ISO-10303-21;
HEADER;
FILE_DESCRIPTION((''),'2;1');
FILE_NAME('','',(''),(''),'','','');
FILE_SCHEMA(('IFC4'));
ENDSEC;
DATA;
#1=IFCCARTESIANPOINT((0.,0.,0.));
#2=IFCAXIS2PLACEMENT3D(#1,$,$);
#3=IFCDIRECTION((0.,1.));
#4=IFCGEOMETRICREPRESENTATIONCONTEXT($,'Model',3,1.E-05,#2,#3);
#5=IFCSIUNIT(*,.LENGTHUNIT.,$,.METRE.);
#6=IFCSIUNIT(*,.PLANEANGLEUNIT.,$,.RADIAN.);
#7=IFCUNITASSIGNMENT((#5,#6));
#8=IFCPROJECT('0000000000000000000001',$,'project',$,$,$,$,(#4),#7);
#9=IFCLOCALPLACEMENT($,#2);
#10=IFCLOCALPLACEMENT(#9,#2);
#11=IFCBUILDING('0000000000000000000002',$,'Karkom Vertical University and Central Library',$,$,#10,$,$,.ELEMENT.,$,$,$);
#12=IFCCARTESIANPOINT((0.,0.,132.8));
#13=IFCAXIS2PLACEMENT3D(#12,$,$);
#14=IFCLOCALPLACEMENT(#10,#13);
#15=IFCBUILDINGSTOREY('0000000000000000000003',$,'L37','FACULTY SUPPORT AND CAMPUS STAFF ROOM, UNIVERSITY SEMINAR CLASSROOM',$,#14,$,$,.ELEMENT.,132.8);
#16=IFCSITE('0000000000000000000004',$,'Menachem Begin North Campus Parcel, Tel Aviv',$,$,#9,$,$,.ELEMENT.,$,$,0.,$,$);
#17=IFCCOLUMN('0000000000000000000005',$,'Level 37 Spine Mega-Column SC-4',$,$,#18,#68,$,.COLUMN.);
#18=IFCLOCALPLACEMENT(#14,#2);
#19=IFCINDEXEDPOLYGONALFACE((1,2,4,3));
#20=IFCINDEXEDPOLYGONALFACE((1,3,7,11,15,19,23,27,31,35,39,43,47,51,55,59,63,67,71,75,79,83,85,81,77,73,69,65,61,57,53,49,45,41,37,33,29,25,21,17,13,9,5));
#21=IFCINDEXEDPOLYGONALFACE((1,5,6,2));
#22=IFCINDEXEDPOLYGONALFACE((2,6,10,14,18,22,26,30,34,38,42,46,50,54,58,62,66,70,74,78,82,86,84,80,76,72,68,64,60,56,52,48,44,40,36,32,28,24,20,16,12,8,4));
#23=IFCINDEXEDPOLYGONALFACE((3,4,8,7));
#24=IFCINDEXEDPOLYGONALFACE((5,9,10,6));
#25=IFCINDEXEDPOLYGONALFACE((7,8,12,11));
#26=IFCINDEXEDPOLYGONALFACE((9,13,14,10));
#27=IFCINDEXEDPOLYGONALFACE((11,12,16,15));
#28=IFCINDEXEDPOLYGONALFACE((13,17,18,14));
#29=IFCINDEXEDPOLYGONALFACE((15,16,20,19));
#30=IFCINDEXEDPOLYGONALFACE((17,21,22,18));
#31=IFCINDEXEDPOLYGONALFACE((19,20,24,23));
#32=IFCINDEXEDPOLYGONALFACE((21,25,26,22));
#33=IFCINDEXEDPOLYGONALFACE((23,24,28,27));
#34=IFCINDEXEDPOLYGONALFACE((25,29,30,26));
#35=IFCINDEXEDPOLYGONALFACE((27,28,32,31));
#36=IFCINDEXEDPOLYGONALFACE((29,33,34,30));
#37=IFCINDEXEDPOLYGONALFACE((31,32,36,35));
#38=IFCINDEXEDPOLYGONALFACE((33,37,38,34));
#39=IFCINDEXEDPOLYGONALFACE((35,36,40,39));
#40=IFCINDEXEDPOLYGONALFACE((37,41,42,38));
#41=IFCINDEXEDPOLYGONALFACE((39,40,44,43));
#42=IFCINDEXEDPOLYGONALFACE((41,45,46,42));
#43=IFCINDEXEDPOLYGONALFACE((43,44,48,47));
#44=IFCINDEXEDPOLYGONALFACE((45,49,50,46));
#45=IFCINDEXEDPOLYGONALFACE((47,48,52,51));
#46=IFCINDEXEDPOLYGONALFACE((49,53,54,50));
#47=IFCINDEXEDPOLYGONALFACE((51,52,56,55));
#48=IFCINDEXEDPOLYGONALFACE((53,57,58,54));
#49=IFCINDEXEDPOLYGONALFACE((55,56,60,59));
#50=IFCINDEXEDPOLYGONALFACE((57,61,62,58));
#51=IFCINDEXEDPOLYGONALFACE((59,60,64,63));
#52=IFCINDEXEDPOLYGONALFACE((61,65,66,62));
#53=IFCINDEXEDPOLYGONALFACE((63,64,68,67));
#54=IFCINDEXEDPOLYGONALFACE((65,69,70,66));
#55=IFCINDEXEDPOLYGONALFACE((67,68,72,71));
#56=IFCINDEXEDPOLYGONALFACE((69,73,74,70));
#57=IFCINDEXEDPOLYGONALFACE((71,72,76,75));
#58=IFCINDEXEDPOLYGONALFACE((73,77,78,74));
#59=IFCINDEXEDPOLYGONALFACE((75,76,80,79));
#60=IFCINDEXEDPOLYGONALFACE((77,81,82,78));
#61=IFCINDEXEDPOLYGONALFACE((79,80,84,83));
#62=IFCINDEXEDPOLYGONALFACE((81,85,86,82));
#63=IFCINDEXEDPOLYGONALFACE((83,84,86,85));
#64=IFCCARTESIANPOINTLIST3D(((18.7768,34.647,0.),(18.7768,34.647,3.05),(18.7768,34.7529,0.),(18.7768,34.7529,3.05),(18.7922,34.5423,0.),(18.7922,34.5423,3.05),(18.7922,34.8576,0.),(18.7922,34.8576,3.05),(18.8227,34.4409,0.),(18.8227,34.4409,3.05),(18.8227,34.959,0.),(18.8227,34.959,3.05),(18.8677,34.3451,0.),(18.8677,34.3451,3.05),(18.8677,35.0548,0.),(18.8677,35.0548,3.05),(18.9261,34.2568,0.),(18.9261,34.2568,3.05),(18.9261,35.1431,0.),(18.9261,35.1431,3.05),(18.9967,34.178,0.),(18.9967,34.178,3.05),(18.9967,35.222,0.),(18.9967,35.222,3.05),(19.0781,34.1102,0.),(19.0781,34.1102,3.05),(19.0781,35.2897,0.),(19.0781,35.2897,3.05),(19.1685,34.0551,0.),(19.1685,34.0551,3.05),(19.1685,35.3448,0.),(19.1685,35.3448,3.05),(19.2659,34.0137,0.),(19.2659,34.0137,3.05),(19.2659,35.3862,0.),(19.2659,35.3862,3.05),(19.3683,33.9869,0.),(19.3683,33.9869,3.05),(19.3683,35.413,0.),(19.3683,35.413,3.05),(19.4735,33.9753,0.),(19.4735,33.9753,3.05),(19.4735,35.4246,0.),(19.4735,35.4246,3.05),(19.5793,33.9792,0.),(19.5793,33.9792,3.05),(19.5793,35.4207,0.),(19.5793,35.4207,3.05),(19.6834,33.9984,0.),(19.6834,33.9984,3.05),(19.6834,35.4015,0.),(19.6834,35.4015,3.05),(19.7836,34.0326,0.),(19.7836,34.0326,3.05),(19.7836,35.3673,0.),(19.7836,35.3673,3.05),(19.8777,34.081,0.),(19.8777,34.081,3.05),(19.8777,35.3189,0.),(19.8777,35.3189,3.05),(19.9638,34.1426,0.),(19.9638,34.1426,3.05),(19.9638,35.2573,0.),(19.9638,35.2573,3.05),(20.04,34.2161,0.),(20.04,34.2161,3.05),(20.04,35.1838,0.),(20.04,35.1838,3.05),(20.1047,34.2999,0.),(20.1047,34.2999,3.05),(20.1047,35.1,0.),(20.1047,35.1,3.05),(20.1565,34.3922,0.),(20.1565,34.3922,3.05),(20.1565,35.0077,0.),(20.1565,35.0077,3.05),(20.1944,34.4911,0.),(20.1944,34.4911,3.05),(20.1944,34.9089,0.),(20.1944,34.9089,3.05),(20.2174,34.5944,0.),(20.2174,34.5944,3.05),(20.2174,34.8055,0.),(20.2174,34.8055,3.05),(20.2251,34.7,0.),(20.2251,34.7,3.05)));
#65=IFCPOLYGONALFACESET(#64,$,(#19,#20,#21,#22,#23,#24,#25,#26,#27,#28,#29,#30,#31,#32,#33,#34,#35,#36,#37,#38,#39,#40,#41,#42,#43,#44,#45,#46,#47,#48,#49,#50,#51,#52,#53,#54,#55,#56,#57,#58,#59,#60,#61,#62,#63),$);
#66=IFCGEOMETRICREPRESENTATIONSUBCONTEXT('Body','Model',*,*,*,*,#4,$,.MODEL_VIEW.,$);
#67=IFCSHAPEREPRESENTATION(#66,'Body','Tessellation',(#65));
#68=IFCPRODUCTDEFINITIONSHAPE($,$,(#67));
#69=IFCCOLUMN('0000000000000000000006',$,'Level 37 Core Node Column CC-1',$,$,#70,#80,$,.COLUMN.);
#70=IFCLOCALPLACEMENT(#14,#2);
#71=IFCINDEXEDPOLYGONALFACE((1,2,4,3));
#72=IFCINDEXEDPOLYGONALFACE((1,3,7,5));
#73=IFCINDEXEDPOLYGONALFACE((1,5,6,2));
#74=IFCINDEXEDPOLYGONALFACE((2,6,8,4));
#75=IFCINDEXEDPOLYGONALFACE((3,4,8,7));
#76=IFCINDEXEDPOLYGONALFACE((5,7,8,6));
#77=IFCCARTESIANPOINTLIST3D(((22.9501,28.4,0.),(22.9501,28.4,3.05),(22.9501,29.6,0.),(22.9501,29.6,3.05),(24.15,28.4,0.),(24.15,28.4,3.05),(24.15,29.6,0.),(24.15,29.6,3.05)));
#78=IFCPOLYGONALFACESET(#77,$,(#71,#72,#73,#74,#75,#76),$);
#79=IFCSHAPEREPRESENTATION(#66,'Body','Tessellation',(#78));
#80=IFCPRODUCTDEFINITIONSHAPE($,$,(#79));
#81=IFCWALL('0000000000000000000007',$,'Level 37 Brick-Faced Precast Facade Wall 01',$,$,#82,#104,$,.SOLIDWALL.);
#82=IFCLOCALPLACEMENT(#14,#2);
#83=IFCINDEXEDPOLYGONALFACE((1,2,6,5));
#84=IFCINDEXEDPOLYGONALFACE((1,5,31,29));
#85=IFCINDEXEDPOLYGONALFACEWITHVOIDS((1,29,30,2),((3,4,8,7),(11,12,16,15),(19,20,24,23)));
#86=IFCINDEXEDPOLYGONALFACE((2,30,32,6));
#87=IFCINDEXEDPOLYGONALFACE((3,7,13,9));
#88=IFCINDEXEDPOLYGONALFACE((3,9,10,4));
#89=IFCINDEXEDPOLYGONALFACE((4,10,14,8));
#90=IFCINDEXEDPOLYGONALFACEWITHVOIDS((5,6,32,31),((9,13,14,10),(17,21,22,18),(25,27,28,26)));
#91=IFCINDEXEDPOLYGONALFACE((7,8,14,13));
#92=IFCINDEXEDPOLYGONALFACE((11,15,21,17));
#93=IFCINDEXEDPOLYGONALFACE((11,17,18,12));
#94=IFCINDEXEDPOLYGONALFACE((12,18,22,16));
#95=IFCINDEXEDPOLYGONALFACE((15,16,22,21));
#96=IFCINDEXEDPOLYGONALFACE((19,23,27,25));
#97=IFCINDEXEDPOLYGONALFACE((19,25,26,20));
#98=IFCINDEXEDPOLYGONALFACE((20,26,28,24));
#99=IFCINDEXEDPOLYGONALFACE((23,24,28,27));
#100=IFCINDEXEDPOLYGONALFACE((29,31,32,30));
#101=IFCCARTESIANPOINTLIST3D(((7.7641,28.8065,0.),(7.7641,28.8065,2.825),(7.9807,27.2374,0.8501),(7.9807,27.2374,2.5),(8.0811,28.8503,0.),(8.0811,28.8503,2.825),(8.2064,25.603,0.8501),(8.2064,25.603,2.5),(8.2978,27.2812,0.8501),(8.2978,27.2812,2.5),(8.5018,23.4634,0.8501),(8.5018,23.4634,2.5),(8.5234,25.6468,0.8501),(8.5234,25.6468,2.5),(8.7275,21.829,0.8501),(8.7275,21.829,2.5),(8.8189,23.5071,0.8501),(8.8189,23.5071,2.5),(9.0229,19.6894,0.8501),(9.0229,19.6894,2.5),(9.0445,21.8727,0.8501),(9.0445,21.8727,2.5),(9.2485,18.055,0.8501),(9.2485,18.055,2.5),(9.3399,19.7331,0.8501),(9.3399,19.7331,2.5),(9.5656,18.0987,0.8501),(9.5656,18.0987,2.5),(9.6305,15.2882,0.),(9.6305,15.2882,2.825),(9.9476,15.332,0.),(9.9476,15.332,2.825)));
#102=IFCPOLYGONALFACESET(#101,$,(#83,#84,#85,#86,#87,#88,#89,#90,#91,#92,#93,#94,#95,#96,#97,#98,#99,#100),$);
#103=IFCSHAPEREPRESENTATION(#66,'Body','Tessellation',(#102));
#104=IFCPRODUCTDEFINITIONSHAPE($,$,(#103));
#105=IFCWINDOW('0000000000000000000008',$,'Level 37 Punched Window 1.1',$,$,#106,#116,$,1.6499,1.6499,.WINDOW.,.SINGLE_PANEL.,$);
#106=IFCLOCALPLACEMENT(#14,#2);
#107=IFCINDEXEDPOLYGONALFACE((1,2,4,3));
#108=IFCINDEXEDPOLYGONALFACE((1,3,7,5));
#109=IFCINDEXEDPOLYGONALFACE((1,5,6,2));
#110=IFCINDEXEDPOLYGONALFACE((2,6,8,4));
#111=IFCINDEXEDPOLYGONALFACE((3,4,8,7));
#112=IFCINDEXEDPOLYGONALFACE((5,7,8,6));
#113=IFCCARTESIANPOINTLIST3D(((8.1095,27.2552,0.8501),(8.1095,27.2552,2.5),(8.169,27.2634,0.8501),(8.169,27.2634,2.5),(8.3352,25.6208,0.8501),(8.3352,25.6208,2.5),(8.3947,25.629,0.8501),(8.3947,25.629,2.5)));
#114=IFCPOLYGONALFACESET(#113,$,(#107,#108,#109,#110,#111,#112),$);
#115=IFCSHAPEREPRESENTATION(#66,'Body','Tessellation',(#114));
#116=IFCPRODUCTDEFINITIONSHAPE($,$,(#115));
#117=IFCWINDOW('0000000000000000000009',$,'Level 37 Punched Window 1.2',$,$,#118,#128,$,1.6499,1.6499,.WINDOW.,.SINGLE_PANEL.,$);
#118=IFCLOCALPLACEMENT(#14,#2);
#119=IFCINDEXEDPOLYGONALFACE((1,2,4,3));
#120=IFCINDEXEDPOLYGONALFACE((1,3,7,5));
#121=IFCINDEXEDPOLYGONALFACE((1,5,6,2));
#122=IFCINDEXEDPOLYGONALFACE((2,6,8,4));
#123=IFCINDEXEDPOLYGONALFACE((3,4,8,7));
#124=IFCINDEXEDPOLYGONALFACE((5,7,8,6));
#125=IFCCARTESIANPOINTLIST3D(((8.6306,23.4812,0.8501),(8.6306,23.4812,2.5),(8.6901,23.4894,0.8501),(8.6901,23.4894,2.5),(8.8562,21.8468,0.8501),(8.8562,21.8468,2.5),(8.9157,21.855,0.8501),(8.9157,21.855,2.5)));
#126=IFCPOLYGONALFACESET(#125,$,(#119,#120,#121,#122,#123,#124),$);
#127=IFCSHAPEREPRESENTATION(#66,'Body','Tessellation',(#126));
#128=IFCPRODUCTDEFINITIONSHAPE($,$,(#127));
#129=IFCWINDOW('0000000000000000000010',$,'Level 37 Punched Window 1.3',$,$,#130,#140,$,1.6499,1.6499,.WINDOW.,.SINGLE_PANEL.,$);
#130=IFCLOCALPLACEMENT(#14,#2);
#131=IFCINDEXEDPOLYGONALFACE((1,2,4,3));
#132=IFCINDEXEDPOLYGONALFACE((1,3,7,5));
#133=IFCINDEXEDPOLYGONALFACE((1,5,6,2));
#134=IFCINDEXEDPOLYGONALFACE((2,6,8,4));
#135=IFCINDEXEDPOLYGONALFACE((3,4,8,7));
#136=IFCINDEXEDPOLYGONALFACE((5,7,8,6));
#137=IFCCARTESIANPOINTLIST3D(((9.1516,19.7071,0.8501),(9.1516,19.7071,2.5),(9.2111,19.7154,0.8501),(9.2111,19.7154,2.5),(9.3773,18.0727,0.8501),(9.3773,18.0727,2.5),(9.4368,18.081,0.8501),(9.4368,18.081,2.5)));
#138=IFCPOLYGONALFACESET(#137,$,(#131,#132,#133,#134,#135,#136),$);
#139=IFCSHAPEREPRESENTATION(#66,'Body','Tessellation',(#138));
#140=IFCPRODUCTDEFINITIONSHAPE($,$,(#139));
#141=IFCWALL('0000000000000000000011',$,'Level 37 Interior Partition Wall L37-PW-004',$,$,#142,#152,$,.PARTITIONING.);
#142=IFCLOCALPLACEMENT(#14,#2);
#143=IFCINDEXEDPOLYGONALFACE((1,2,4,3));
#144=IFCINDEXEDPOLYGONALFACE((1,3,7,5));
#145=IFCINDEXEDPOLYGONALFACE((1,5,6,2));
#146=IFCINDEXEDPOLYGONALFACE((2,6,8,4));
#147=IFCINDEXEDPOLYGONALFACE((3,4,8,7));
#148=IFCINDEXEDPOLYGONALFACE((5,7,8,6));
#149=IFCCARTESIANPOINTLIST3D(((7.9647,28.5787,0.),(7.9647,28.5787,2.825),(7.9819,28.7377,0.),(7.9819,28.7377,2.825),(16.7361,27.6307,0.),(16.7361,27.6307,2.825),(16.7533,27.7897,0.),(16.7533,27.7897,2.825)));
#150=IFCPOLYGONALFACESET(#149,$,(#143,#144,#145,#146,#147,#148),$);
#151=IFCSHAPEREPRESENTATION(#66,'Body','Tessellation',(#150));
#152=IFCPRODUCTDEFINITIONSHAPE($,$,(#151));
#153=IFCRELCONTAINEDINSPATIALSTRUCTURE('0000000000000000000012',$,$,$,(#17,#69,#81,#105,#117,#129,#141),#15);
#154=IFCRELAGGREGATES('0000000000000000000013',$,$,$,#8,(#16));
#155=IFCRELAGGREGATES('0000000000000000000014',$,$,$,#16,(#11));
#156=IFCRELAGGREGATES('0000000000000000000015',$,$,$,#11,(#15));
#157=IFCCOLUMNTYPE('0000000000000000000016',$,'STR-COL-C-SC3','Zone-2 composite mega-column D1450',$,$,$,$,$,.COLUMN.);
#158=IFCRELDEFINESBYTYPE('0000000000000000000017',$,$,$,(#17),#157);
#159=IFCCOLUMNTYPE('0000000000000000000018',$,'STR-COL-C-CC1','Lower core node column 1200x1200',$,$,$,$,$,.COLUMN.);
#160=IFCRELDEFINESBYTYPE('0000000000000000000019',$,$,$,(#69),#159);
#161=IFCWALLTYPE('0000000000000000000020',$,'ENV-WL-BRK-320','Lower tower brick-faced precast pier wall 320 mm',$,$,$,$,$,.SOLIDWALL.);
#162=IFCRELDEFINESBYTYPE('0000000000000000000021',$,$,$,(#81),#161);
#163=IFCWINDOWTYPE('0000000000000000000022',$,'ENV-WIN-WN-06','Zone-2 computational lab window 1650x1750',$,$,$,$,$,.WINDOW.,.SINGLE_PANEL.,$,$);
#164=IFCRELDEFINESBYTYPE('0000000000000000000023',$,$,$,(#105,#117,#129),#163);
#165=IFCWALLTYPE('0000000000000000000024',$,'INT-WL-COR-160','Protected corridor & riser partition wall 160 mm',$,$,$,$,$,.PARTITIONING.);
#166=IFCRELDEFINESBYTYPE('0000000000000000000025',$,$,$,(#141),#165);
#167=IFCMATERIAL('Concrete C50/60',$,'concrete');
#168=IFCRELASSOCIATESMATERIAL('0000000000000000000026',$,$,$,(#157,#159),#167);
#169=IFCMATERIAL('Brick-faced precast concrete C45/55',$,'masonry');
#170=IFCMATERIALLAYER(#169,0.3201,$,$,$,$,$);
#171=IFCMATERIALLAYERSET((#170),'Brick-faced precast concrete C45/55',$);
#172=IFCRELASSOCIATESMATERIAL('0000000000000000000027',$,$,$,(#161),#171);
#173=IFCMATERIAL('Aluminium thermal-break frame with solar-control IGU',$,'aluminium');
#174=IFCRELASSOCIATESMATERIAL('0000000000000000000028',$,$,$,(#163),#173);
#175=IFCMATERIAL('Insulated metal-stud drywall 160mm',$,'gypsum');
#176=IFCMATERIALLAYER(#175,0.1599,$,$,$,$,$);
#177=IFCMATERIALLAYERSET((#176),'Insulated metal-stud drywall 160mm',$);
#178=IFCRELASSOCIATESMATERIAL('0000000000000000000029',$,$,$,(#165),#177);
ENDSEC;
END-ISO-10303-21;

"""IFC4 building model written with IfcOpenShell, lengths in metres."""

from ifc_helpers import new_model, si_unit, direction, frame, frame_2d, origin, origin_with_axes, origin_2d, place, context, subcontext, project, spatial, rectangle, circle, extrude, source, transform, mapped, material, layer, layer_set, material_profile, profile_set, type_object, element, fill, save


model = new_model("IFC4")

# Units and contexts
model_context = context("Model", 3, precision=1e-05, world=origin(), true_north=direction((0.0, 1.0)))
body_context = subcontext(model_context, "Body", "Model", "MODEL_VIEW")
ifc_project = project(units=[si_unit("LENGTHUNIT", "METRE"), si_unit("PLANEANGLEUNIT", "RADIAN")], contexts=[model_context])

# Site, building, storey
site_placement = place(None, origin())
site = spatial("IfcSite", under=ifc_project, at=site_placement, Name="Menachem Begin North Campus Parcel, Tel Aviv", CompositionType="ELEMENT", RefElevation=0.0)
building_placement = place(site_placement, origin())
building = spatial("IfcBuilding", under=site, at=building_placement, Name="Karkom Vertical University and Central Library", CompositionType="ELEMENT")
storey_placement = place(building_placement, frame((0.0, 0.0, 132.8)))
storey = spatial("IfcBuildingStorey", under=building, at=storey_placement, Name="L37", Description="FACULTY SUPPORT AND CAMPUS STAFF ROOM, UNIVERSITY SEMINAR CLASSROOM", CompositionType="ELEMENT", Elevation=132.8)

# Columns
ifc_material_1 = material(Name="Concrete C50/60", Category="concrete")
ifc_material_profile_1 = material_profile(ifc_material_1, circle(Radius=0.7251, at=origin_2d()), Name="CFT-D1450")
ifc_profile_set_1 = profile_set([ifc_material_profile_1], Name="Concrete C50/60")
column_type_1 = type_object("IfcColumnType", Name="STR-COL-C-SC3", Description="Zone-2 composite mega-column D1450", PredefinedType="COLUMN", material=ifc_profile_set_1)
shared_shape_1 = source(origin_with_axes(), body_context, "Body", "SweptSolid", [
    extrude(circle(Radius=0.7251, at=origin_2d()), origin(), (0.0, 0.0, 1.0), 3.05),
])
column_1_placement = place(storey_placement, frame((19.5, 34.7, 0.0), z_axis=(0.0, 0.0, 1.0), x_axis=(1.0, 0.0, 0.0)))
element("IfcColumn", 1, at=column_1_placement, inside=storey, type_object=column_type_1, Name="Level 37 Spine Mega-Column SC-4", PredefinedType="COLUMN", context=body_context, shape_type="MappedRepresentation", body=[
    mapped(shared_shape_1, transform((0.0, 0.0, 0.0), scale=1.0)),
])
ifc_material_profile_2 = material_profile(ifc_material_1, rectangle(XDim=1.2, YDim=1.2, at=origin_2d()), Name="RC-1200x1200")
ifc_profile_set_2 = profile_set([ifc_material_profile_2], Name="Concrete C50/60")
column_type_2 = type_object("IfcColumnType", Name="STR-COL-C-CC1", Description="Lower core node column 1200x1200", PredefinedType="COLUMN", material=ifc_profile_set_2)
shared_shape_2 = source(origin_with_axes(), body_context, "Body", "SweptSolid", [
    extrude(rectangle(XDim=1.2, YDim=1.2, at=origin_2d()), origin(), (0.0, 0.0, 1.0), 3.05),
])
column_2_placement = place(storey_placement, frame((23.55, 29.0, 0.0), z_axis=(0.0, 0.0, 1.0), x_axis=(1.0, 0.0, 0.0)))
element("IfcColumn", 2, at=column_2_placement, inside=storey, type_object=column_type_2, Name="Level 37 Core Node Column CC-1", PredefinedType="COLUMN", context=body_context, shape_type="MappedRepresentation", body=[
    mapped(shared_shape_2, transform((0.0, 0.0, 0.0), scale=1.0)),
])

# Wall, openings, windows
ifc_material_2 = material(Name="Brick-faced precast concrete C45/55", Category="masonry")
ifc_layer_1 = layer(ifc_material_2, 0.3201)
ifc_layer_set_1 = layer_set([ifc_layer_1], Name="Brick-faced precast concrete C45/55")
wall_type_1 = type_object("IfcWallType", Name="ENV-WL-BRK-320", Description="Lower tower brick-faced precast pier wall 320 mm", PredefinedType="SOLIDWALL", material=ifc_layer_set_1)
wall_1_placement = place(storey_placement, frame((7.9226, 28.8284, 0.0), z_axis=(0.0, 0.0, 1.0), x_axis=(0.136771, -0.990603, 0.0)))
wall_1 = element("IfcWall", 3, at=wall_1_placement, inside=storey, type_object=wall_type_1, Name="Level 37 Brick-Faced Precast Facade Wall 01", PredefinedType="SOLIDWALL", context=body_context, shape_type="SweptSolid", body=[
    extrude(rectangle(XDim=13.6465, YDim=0.3201, at=frame_2d((6.8232, 0.0))), origin(), (0.0, 0.0, 1.0), 2.825),
])
opening_1_placement = place(wall_1_placement, frame((1.584, 0.0, 0.8501)))
opening_1 = element("IfcOpeningElement", 4, at=opening_1_placement, cuts=wall_1, PredefinedType="OPENING", context=body_context, shape_type="SweptSolid", body=[
    extrude(rectangle(XDim=1.6499, YDim=1.6499, at=frame_2d((0.825, 0.825))), frame((0.0, 0.1699, 0.0), z_axis=(0.0, -1.0, 0.0), x_axis=(1.0, 0.0, 0.0)), (0.0, 0.0, 1.0), 0.3401),
])
opening_2_placement = place(wall_1_placement, frame((5.3938, 0.0, 0.8501)))
opening_2 = element("IfcOpeningElement", 5, at=opening_2_placement, cuts=wall_1, PredefinedType="OPENING", context=body_context, shape_type="SweptSolid", body=[
    extrude(rectangle(XDim=1.6499, YDim=1.6499, at=frame_2d((0.825, 0.825))), frame((0.0, 0.1699, 0.0), z_axis=(0.0, -1.0, 0.0), x_axis=(1.0, 0.0, 0.0)), (0.0, 0.0, 1.0), 0.3401),
])
opening_3_placement = place(wall_1_placement, frame((9.2036, 0.0, 0.8501)))
opening_3 = element("IfcOpeningElement", 6, at=opening_3_placement, cuts=wall_1, PredefinedType="OPENING", context=body_context, shape_type="SweptSolid", body=[
    extrude(rectangle(XDim=1.6499, YDim=1.6499, at=frame_2d((0.825, 0.825))), frame((0.0, 0.1699, 0.0), z_axis=(0.0, -1.0, 0.0), x_axis=(1.0, 0.0, 0.0)), (0.0, 0.0, 1.0), 0.3401),
])
ifc_material_3 = material(Name="Aluminium thermal-break frame with solar-control IGU", Category="aluminium")
window_type = type_object("IfcWindowType", Name="ENV-WIN-WN-06", Description="Zone-2 computational lab window 1650x1750", PartitioningType="SINGLE_PANEL", PredefinedType="WINDOW", material=ifc_material_3)
shared_shape_3 = source(origin_with_axes(), body_context, "Body", "SweptSolid", [
    extrude(rectangle(XDim=1.6499, YDim=1.6499, at=frame_2d((0.825, 0.825))), frame((0.0, 0.03, 0.0), z_axis=(0.0, -1.0, 0.0), x_axis=(1.0, 0.0, 0.0)), (0.0, 0.0, 1.0), 0.0601),
])
window_1_placement = place(opening_1_placement, origin())
window_1 = element("IfcWindow", 7, at=window_1_placement, inside=storey, type_object=window_type, Name="Level 37 Punched Window 1.1", OverallHeight=1.6499, OverallWidth=1.6499, PartitioningType="SINGLE_PANEL", PredefinedType="WINDOW", context=body_context, shape_type="MappedRepresentation", body=[
    mapped(shared_shape_3, transform((0.0, 0.0, 0.0), scale=1.0)),
])
fill(opening_1, window_1)
window_2_placement = place(opening_2_placement, origin())
window_2 = element("IfcWindow", 8, at=window_2_placement, inside=storey, type_object=window_type, Name="Level 37 Punched Window 1.2", OverallHeight=1.6499, OverallWidth=1.6499, PartitioningType="SINGLE_PANEL", PredefinedType="WINDOW", context=body_context, shape_type="MappedRepresentation", body=[
    mapped(shared_shape_3, transform((0.0, 0.0, 0.0), scale=1.0)),
])
fill(opening_2, window_2)
window_3_placement = place(opening_3_placement, origin())
window_3 = element("IfcWindow", 9, at=window_3_placement, inside=storey, type_object=window_type, Name="Level 37 Punched Window 1.3", OverallHeight=1.6499, OverallWidth=1.6499, PartitioningType="SINGLE_PANEL", PredefinedType="WINDOW", context=body_context, shape_type="MappedRepresentation", body=[
    mapped(shared_shape_3, transform((0.0, 0.0, 0.0), scale=1.0)),
])
fill(opening_3, window_3)

# Wall
ifc_material_4 = material(Name="Insulated metal-stud drywall 160mm", Category="gypsum")
ifc_layer_2 = layer(ifc_material_4, 0.1599)
ifc_layer_set_2 = layer_set([ifc_layer_2], Name="Insulated metal-stud drywall 160mm")
wall_type_2 = type_object("IfcWallType", Name="INT-WL-COR-160", Description="Protected corridor & riser partition wall 160 mm", PredefinedType="PARTITIONING", material=ifc_layer_set_2)
wall_2_placement = place(storey_placement, frame((7.9734, 28.6582, 0.0), z_axis=(0.0, 0.0, 1.0), x_axis=(0.99421, -0.107452, 0.0)))
element("IfcWall", 10, at=wall_2_placement, inside=storey, type_object=wall_type_2, Name="Level 37 Interior Partition Wall L37-PW-004", PredefinedType="PARTITIONING", context=body_context, shape_type="SweptSolid", body=[
    extrude(rectangle(XDim=8.8225, YDim=0.1599, at=frame_2d((4.4111, 0.0))), origin(), (0.0, 0.0, 1.0), 2.825),
])

save(model, "model.ifc")
